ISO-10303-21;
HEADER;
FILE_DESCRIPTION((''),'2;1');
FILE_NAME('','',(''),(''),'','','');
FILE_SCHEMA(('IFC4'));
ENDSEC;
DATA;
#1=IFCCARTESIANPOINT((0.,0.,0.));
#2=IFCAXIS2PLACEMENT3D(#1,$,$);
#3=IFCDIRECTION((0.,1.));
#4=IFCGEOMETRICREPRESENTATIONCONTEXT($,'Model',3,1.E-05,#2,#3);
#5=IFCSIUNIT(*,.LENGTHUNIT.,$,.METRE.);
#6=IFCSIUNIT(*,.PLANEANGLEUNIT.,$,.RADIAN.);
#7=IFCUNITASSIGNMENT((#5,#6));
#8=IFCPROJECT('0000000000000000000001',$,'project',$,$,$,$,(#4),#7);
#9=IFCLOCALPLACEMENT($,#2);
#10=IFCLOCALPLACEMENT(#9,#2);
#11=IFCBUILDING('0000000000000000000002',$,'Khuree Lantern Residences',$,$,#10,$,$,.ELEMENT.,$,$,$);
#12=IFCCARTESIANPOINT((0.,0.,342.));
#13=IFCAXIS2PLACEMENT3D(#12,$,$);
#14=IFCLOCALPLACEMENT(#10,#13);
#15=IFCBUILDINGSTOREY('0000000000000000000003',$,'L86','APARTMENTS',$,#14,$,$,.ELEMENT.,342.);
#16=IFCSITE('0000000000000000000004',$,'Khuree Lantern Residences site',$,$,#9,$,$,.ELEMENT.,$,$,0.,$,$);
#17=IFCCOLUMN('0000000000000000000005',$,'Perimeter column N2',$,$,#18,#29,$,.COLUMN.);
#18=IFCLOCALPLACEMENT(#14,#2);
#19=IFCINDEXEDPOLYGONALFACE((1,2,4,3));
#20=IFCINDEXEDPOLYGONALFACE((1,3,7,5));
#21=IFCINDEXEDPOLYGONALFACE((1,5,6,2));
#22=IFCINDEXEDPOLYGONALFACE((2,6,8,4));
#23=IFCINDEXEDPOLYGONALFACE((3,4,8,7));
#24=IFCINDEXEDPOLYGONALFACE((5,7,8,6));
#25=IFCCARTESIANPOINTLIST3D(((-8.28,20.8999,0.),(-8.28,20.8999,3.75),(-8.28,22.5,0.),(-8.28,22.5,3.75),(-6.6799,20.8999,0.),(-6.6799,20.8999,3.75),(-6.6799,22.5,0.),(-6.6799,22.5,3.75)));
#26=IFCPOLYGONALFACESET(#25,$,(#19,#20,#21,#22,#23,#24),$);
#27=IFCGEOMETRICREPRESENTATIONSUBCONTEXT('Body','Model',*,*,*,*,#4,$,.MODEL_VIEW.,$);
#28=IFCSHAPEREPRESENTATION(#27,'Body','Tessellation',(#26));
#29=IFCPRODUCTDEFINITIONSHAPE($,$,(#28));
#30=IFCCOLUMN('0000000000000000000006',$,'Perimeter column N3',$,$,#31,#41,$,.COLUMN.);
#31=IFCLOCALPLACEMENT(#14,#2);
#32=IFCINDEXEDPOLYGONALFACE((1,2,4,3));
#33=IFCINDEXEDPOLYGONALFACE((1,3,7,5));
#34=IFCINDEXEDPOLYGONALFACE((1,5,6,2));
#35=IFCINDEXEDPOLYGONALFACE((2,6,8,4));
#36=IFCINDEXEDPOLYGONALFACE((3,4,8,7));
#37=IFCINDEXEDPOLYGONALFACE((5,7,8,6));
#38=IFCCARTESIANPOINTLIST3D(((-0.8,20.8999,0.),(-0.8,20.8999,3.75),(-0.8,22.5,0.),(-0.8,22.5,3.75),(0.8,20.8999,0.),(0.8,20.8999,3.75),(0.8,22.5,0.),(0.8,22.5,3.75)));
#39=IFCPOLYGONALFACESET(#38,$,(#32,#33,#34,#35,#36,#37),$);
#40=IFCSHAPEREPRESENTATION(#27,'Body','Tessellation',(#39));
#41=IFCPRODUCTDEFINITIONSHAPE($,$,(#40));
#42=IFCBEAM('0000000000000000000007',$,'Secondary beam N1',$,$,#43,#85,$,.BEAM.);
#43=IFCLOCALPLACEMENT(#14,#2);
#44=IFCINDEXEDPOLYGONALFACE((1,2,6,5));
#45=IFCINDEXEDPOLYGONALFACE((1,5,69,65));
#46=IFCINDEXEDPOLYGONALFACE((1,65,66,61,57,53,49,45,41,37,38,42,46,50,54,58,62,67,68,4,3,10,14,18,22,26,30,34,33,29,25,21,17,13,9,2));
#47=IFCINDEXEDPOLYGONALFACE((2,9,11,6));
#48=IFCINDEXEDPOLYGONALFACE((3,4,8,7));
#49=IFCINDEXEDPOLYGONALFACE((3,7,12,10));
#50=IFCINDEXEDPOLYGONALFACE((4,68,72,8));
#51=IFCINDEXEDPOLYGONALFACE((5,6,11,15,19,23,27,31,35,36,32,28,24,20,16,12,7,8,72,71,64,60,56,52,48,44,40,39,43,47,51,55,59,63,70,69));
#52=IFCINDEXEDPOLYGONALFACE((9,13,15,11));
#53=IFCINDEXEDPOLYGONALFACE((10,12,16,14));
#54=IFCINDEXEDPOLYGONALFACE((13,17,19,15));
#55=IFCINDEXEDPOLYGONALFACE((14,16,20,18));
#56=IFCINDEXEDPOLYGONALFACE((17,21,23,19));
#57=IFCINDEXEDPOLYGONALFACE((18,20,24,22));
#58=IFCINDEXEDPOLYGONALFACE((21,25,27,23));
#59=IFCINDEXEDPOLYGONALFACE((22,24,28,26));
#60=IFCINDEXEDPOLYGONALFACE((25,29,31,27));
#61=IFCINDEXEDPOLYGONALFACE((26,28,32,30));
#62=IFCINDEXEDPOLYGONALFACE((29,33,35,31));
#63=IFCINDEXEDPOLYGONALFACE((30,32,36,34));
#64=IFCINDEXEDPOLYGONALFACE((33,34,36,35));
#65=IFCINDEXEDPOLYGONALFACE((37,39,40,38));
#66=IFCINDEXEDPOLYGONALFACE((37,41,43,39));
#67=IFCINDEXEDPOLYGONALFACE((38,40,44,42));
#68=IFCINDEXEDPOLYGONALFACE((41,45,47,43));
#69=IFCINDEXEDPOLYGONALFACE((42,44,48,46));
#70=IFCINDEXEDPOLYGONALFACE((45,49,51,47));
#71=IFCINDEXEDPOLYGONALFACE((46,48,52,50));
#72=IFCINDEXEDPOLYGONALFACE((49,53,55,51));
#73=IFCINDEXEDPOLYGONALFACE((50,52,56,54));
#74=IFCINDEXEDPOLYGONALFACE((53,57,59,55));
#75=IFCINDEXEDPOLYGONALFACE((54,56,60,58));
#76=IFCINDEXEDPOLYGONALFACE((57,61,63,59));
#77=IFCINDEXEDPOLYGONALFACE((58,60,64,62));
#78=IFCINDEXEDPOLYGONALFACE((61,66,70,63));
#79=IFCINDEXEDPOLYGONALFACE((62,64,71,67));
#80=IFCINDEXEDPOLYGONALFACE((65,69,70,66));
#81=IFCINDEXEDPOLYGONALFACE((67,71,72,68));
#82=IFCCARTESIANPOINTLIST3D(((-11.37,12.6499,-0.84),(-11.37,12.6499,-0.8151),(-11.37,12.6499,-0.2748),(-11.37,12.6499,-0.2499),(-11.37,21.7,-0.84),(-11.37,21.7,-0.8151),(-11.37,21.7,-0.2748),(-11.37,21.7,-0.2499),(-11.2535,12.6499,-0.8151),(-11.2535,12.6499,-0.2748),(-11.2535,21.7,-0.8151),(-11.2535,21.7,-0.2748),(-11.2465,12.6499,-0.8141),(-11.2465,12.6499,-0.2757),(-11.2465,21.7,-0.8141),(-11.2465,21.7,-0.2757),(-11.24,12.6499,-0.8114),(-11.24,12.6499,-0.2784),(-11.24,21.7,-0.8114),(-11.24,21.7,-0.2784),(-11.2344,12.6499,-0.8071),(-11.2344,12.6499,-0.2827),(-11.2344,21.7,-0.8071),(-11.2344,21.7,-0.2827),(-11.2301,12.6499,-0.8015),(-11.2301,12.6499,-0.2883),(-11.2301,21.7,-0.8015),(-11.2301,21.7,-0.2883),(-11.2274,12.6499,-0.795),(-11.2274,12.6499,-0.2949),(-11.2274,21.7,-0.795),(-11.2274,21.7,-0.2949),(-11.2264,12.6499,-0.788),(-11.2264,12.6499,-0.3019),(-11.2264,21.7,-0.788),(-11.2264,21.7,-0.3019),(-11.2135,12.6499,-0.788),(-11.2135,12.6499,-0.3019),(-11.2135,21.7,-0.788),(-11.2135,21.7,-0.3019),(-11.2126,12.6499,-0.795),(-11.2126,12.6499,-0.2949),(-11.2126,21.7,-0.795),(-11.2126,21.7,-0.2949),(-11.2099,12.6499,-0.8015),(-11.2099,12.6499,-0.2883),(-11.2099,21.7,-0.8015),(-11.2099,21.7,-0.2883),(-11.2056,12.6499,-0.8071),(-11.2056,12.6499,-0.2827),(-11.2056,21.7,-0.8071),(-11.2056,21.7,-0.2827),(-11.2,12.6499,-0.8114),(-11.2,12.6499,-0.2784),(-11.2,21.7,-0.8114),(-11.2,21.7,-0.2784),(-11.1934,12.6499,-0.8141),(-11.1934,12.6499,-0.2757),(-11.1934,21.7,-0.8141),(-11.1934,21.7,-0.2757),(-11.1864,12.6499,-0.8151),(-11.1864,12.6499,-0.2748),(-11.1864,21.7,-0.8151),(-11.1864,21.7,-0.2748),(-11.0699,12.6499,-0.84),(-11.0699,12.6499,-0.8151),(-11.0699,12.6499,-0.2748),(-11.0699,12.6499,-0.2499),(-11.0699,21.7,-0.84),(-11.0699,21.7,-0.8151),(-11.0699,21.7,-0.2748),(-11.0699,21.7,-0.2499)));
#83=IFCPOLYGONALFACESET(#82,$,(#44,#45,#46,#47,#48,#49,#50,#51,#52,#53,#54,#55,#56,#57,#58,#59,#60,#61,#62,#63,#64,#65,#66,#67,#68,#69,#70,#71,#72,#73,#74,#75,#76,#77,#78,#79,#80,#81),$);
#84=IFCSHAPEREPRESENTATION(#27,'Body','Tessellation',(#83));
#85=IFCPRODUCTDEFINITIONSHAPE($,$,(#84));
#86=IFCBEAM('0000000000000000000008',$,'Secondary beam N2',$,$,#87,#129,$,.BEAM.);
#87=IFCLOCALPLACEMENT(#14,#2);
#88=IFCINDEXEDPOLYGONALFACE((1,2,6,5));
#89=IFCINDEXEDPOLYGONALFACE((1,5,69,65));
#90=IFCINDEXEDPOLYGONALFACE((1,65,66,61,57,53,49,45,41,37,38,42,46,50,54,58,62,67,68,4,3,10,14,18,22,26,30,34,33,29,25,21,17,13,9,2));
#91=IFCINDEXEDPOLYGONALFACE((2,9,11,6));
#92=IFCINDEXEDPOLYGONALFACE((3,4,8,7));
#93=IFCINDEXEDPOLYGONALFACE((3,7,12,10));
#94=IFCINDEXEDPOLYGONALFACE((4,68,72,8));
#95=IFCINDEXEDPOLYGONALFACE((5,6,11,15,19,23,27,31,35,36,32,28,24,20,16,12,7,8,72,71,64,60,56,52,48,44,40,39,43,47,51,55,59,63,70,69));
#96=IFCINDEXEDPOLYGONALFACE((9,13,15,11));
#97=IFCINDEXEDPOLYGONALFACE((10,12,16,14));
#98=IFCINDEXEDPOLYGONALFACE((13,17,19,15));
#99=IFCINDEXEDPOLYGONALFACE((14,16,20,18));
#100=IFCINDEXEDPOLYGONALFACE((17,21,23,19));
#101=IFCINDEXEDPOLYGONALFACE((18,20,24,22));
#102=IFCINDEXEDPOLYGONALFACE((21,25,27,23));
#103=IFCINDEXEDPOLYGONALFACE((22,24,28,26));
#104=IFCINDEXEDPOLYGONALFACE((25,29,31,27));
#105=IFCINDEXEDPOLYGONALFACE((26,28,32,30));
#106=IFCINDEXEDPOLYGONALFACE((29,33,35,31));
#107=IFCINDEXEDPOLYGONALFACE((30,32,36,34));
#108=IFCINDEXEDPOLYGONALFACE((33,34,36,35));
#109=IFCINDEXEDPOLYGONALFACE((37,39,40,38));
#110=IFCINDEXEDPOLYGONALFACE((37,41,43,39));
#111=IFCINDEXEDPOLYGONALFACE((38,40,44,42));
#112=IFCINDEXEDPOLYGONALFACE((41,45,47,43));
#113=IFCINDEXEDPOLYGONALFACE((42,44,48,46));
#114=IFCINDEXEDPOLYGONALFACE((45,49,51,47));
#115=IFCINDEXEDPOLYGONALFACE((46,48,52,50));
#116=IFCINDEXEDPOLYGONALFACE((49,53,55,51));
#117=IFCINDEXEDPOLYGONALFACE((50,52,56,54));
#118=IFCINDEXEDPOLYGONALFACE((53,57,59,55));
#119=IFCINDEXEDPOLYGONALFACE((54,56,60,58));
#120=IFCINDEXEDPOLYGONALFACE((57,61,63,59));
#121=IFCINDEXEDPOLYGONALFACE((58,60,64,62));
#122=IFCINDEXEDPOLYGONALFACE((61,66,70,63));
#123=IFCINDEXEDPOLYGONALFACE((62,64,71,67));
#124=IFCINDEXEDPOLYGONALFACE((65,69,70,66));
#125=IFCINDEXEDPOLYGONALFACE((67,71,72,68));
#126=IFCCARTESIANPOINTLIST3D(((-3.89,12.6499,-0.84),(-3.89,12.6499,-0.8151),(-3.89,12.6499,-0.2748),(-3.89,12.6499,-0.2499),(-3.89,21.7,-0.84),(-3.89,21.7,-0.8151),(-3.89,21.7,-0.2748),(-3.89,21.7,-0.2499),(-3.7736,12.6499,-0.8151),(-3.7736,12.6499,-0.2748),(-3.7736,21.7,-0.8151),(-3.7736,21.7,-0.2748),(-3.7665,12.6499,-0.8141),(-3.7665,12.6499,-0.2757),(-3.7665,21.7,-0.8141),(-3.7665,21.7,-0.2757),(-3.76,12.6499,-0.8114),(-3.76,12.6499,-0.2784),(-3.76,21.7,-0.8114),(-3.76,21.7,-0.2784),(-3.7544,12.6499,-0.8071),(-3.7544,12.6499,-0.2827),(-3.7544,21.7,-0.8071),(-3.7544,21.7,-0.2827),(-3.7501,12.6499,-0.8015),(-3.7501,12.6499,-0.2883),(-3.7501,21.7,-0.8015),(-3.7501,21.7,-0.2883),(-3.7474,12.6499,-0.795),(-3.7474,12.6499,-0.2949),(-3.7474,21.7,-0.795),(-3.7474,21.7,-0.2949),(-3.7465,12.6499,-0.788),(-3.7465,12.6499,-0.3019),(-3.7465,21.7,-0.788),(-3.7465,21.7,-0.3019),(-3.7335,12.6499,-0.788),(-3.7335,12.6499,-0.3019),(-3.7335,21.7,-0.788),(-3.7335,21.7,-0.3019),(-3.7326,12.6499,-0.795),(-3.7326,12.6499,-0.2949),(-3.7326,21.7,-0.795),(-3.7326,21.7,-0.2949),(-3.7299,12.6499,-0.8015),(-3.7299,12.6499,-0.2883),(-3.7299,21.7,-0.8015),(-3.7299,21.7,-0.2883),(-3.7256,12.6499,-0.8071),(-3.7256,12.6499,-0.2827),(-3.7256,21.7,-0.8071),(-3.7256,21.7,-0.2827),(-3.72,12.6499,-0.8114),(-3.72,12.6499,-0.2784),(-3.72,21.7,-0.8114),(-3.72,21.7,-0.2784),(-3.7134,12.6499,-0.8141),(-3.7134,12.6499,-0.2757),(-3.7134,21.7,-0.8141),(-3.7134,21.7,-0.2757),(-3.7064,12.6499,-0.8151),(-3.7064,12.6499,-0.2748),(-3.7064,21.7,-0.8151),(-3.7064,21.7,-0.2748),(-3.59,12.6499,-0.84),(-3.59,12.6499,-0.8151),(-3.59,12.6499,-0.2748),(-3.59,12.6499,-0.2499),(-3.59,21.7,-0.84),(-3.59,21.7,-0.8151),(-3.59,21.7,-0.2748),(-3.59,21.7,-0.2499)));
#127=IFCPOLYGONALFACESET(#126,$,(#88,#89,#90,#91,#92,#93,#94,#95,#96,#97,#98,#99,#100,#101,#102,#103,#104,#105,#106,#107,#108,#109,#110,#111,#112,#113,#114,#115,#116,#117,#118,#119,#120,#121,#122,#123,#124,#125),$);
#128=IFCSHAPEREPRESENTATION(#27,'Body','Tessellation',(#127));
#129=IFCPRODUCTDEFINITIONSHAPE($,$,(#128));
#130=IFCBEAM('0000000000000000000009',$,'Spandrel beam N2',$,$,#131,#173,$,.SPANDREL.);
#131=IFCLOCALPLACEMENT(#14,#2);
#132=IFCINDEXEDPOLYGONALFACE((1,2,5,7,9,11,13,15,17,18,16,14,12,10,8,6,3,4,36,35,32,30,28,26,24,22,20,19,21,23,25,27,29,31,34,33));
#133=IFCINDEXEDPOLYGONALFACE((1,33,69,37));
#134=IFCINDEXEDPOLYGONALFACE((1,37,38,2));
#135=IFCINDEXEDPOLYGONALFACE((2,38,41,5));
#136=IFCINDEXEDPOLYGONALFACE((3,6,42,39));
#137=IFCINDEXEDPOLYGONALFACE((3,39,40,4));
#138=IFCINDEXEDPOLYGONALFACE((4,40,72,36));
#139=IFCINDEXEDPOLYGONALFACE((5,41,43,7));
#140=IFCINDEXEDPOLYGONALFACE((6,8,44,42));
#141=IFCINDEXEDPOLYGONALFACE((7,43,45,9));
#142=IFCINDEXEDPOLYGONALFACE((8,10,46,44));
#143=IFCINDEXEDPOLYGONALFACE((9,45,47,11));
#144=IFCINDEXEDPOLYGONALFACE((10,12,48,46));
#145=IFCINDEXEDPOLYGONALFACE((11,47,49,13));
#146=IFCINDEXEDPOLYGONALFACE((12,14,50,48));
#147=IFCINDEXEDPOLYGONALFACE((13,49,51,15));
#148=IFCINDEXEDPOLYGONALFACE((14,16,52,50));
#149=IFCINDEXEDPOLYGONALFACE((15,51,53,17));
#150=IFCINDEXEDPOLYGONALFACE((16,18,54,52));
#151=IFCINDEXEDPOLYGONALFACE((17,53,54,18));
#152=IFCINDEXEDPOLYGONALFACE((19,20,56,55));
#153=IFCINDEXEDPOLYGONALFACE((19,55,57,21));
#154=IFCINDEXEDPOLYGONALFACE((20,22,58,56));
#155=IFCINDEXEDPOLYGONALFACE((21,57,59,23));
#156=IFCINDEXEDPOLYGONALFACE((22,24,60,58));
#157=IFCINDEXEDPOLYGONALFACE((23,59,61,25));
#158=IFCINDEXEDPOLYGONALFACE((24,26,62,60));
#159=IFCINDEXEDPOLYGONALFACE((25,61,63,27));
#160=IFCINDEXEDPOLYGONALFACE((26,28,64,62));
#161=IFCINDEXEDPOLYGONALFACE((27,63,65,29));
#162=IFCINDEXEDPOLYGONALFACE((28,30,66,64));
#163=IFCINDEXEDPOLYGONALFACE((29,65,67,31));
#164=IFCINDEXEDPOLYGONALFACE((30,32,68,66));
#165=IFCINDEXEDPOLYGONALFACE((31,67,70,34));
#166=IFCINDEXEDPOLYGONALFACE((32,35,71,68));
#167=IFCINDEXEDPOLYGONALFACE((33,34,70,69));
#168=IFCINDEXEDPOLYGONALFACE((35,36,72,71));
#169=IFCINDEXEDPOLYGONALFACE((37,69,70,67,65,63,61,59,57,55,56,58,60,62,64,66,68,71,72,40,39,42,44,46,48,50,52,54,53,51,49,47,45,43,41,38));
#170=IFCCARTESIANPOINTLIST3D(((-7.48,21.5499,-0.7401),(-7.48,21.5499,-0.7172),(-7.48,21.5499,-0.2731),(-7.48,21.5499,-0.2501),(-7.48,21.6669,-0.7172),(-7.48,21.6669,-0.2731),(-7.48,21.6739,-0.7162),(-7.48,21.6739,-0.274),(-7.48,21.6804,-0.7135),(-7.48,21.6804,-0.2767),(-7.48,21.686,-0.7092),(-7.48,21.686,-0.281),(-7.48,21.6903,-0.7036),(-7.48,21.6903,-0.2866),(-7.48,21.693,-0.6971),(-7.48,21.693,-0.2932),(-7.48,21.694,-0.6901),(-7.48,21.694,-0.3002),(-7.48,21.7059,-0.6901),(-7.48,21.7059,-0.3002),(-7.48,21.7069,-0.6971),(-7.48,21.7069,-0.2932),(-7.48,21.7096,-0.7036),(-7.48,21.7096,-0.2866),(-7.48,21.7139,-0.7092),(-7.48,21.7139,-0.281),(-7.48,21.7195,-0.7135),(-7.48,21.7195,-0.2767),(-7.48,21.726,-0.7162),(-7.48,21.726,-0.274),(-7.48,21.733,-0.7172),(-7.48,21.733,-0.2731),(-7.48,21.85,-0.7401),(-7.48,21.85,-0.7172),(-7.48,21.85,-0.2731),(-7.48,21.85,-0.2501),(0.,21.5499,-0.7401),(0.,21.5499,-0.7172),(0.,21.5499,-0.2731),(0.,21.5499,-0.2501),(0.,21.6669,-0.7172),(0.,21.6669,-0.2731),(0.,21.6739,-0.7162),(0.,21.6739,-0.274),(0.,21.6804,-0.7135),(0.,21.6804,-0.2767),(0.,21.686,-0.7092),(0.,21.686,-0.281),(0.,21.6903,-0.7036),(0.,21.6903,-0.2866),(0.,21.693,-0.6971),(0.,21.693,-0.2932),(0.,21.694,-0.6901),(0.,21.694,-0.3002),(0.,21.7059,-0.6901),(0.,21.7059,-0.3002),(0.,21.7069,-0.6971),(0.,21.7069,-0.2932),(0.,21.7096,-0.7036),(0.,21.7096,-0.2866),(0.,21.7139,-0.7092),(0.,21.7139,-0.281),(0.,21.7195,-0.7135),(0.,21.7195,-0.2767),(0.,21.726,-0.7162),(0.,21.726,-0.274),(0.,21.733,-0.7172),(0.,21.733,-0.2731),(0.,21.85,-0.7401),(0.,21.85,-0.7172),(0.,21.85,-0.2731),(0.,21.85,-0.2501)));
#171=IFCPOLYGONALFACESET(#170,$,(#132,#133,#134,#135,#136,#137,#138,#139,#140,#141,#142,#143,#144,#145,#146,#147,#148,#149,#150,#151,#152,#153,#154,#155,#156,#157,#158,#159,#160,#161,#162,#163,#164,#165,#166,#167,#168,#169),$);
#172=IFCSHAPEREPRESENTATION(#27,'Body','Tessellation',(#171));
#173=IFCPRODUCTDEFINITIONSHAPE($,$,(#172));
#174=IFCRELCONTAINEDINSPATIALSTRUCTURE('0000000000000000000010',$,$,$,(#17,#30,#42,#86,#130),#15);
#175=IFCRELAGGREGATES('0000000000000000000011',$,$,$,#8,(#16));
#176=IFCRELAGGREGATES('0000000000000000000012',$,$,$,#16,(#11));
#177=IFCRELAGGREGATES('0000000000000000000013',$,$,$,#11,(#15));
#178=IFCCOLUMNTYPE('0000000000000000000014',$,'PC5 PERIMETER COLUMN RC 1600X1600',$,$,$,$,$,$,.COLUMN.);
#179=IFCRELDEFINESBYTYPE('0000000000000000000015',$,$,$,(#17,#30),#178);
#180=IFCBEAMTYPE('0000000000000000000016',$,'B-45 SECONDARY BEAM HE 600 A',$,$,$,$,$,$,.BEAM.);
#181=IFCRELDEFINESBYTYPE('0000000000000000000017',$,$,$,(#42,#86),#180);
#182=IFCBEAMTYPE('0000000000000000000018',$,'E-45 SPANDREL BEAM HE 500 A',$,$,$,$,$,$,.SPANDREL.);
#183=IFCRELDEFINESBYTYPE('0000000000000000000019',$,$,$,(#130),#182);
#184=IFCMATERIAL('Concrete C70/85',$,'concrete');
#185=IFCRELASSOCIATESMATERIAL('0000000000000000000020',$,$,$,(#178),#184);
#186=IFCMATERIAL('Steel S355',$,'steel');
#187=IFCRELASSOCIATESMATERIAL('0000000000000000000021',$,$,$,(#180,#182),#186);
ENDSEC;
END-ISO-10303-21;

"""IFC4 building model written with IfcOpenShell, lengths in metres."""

from ifc_helpers import new_model, si_unit, direction, frame, origin, origin_2d, place, context, subcontext, project, spatial, rectangle, i_section, extrude, material, material_profile, profile_set, type_object, element, save


model = new_model("IFC4")

# Units and contexts
model_context = context("Model", 3, precision=1e-05, world=origin(), true_north=direction((0.0, 1.0)))
body_context = subcontext(model_context, "Body", "Model", "MODEL_VIEW")
ifc_project = project(units=[si_unit("LENGTHUNIT", "METRE"), si_unit("PLANEANGLEUNIT", "RADIAN")], contexts=[model_context])

# Site, building, storey
site_placement = place(None, origin())
site = spatial("IfcSite", under=ifc_project, at=site_placement, Name="Khuree Lantern Residences site", CompositionType="ELEMENT", RefElevation=0.0)
building_placement = place(site_placement, origin())
building = spatial("IfcBuilding", under=site, at=building_placement, Name="Khuree Lantern Residences", CompositionType="ELEMENT")
storey_placement = place(building_placement, frame((0.0, 0.0, 342.0)))
storey = spatial("IfcBuildingStorey", under=building, at=storey_placement, Name="L86", Description="APARTMENTS", CompositionType="ELEMENT", Elevation=342.0)

# Columns
ifc_material_1 = material(Name="Concrete C70/85", Category="concrete")
ifc_material_profile_1 = material_profile(ifc_material_1, rectangle(XDim=1.6001, YDim=1.6001, at=origin_2d()), Name="RC 1600X1600")
ifc_profile_set_1 = profile_set([ifc_material_profile_1], Name="Concrete C70/85")
column_type = type_object("IfcColumnType", Name="PC5 PERIMETER COLUMN RC 1600X1600", PredefinedType="COLUMN", material=ifc_profile_set_1)
for number, where, z_axis, x_axis, name in (
    (1, (-7.48, 21.7, 0.0), (0.0, 0.0, 1.0), (1.0, 0.0, 0.0), "Perimeter column N2"),
    (2, (0.0, 21.7, 0.0), (0.0, 0.0, 1.0), (1.0, 0.0, 0.0), "Perimeter column N3"),
):
    element("IfcColumn", number, at=place(storey_placement, frame(where, z_axis=z_axis, x_axis=x_axis)), inside=storey, type_object=column_type, Name=name, PredefinedType="COLUMN", context=body_context, shape_type="SweptSolid", body=[
        extrude(rectangle(XDim=1.6001, YDim=1.6001, at=origin_2d()), origin(), (0.0, 0.0, 1.0), 3.75),
    ])

# Beams
ifc_material_2 = material(Name="Steel S355", Category="steel")
ifc_material_profile_2 = material_profile(ifc_material_2, i_section(OverallWidth=0.3, OverallDepth=0.5901, WebThickness=0.0129, FlangeThickness=0.0249, FilletRadius=0.0271, at=origin_2d()), Name="HE 600 A")
ifc_profile_set_2 = profile_set([ifc_material_profile_2], Name="Steel S355")
beam_type_1 = type_object("IfcBeamType", Name="B-45 SECONDARY BEAM HE 600 A", PredefinedType="BEAM", material=ifc_profile_set_2)
for number, where, z_axis, x_axis, name in (
    (3, (-11.22, 21.7, -0.5449), (0.0, -1.0, 0.0), (1.0, 0.0, 0.0), "Secondary beam N1"),
    (4, (-3.74, 21.7, -0.5449), (0.0, -1.0, 0.0), (1.0, 0.0, 0.0), "Secondary beam N2"),
):
    element("IfcBeam", number, at=place(storey_placement, frame(where, z_axis=z_axis, x_axis=x_axis)), inside=storey, type_object=beam_type_1, Name=name, PredefinedType="BEAM", context=body_context, shape_type="SweptSolid", body=[
        extrude(i_section(OverallWidth=0.3, OverallDepth=0.5901, WebThickness=0.0129, FlangeThickness=0.0249, FilletRadius=0.0271, at=origin_2d()), origin(), (0.0, 0.0, 1.0), 9.05),
    ])
ifc_material_profile_3 = material_profile(ifc_material_2, i_section(OverallWidth=0.3, OverallDepth=0.49, WebThickness=0.012, FlangeThickness=0.0229, FilletRadius=0.0271, at=origin_2d()), Name="HE 500 A")
ifc_profile_set_3 = profile_set([ifc_material_profile_3], Name="Steel S355")
beam_type_2 = type_object("IfcBeamType", Name="E-45 SPANDREL BEAM HE 500 A", PredefinedType="SPANDREL", material=ifc_profile_set_3)
for number, where, z_axis, x_axis, name in (
    (5, (-7.48, 21.7, -0.4951), (1.0, 0.0, 0.0), (0.0, 1.0, 0.0), "Spandrel beam N2"),
):
    element("IfcBeam", number, at=place(storey_placement, frame(where, z_axis=z_axis, x_axis=x_axis)), inside=storey, type_object=beam_type_2, Name=name, PredefinedType="SPANDREL", context=body_context, shape_type="SweptSolid", body=[
        extrude(i_section(OverallWidth=0.3, OverallDepth=0.49, WebThickness=0.012, FlangeThickness=0.0229, FilletRadius=0.0271, at=origin_2d()), origin(), (0.0, 0.0, 1.0), 7.48),
    ])

save(model, "model.ifc")
